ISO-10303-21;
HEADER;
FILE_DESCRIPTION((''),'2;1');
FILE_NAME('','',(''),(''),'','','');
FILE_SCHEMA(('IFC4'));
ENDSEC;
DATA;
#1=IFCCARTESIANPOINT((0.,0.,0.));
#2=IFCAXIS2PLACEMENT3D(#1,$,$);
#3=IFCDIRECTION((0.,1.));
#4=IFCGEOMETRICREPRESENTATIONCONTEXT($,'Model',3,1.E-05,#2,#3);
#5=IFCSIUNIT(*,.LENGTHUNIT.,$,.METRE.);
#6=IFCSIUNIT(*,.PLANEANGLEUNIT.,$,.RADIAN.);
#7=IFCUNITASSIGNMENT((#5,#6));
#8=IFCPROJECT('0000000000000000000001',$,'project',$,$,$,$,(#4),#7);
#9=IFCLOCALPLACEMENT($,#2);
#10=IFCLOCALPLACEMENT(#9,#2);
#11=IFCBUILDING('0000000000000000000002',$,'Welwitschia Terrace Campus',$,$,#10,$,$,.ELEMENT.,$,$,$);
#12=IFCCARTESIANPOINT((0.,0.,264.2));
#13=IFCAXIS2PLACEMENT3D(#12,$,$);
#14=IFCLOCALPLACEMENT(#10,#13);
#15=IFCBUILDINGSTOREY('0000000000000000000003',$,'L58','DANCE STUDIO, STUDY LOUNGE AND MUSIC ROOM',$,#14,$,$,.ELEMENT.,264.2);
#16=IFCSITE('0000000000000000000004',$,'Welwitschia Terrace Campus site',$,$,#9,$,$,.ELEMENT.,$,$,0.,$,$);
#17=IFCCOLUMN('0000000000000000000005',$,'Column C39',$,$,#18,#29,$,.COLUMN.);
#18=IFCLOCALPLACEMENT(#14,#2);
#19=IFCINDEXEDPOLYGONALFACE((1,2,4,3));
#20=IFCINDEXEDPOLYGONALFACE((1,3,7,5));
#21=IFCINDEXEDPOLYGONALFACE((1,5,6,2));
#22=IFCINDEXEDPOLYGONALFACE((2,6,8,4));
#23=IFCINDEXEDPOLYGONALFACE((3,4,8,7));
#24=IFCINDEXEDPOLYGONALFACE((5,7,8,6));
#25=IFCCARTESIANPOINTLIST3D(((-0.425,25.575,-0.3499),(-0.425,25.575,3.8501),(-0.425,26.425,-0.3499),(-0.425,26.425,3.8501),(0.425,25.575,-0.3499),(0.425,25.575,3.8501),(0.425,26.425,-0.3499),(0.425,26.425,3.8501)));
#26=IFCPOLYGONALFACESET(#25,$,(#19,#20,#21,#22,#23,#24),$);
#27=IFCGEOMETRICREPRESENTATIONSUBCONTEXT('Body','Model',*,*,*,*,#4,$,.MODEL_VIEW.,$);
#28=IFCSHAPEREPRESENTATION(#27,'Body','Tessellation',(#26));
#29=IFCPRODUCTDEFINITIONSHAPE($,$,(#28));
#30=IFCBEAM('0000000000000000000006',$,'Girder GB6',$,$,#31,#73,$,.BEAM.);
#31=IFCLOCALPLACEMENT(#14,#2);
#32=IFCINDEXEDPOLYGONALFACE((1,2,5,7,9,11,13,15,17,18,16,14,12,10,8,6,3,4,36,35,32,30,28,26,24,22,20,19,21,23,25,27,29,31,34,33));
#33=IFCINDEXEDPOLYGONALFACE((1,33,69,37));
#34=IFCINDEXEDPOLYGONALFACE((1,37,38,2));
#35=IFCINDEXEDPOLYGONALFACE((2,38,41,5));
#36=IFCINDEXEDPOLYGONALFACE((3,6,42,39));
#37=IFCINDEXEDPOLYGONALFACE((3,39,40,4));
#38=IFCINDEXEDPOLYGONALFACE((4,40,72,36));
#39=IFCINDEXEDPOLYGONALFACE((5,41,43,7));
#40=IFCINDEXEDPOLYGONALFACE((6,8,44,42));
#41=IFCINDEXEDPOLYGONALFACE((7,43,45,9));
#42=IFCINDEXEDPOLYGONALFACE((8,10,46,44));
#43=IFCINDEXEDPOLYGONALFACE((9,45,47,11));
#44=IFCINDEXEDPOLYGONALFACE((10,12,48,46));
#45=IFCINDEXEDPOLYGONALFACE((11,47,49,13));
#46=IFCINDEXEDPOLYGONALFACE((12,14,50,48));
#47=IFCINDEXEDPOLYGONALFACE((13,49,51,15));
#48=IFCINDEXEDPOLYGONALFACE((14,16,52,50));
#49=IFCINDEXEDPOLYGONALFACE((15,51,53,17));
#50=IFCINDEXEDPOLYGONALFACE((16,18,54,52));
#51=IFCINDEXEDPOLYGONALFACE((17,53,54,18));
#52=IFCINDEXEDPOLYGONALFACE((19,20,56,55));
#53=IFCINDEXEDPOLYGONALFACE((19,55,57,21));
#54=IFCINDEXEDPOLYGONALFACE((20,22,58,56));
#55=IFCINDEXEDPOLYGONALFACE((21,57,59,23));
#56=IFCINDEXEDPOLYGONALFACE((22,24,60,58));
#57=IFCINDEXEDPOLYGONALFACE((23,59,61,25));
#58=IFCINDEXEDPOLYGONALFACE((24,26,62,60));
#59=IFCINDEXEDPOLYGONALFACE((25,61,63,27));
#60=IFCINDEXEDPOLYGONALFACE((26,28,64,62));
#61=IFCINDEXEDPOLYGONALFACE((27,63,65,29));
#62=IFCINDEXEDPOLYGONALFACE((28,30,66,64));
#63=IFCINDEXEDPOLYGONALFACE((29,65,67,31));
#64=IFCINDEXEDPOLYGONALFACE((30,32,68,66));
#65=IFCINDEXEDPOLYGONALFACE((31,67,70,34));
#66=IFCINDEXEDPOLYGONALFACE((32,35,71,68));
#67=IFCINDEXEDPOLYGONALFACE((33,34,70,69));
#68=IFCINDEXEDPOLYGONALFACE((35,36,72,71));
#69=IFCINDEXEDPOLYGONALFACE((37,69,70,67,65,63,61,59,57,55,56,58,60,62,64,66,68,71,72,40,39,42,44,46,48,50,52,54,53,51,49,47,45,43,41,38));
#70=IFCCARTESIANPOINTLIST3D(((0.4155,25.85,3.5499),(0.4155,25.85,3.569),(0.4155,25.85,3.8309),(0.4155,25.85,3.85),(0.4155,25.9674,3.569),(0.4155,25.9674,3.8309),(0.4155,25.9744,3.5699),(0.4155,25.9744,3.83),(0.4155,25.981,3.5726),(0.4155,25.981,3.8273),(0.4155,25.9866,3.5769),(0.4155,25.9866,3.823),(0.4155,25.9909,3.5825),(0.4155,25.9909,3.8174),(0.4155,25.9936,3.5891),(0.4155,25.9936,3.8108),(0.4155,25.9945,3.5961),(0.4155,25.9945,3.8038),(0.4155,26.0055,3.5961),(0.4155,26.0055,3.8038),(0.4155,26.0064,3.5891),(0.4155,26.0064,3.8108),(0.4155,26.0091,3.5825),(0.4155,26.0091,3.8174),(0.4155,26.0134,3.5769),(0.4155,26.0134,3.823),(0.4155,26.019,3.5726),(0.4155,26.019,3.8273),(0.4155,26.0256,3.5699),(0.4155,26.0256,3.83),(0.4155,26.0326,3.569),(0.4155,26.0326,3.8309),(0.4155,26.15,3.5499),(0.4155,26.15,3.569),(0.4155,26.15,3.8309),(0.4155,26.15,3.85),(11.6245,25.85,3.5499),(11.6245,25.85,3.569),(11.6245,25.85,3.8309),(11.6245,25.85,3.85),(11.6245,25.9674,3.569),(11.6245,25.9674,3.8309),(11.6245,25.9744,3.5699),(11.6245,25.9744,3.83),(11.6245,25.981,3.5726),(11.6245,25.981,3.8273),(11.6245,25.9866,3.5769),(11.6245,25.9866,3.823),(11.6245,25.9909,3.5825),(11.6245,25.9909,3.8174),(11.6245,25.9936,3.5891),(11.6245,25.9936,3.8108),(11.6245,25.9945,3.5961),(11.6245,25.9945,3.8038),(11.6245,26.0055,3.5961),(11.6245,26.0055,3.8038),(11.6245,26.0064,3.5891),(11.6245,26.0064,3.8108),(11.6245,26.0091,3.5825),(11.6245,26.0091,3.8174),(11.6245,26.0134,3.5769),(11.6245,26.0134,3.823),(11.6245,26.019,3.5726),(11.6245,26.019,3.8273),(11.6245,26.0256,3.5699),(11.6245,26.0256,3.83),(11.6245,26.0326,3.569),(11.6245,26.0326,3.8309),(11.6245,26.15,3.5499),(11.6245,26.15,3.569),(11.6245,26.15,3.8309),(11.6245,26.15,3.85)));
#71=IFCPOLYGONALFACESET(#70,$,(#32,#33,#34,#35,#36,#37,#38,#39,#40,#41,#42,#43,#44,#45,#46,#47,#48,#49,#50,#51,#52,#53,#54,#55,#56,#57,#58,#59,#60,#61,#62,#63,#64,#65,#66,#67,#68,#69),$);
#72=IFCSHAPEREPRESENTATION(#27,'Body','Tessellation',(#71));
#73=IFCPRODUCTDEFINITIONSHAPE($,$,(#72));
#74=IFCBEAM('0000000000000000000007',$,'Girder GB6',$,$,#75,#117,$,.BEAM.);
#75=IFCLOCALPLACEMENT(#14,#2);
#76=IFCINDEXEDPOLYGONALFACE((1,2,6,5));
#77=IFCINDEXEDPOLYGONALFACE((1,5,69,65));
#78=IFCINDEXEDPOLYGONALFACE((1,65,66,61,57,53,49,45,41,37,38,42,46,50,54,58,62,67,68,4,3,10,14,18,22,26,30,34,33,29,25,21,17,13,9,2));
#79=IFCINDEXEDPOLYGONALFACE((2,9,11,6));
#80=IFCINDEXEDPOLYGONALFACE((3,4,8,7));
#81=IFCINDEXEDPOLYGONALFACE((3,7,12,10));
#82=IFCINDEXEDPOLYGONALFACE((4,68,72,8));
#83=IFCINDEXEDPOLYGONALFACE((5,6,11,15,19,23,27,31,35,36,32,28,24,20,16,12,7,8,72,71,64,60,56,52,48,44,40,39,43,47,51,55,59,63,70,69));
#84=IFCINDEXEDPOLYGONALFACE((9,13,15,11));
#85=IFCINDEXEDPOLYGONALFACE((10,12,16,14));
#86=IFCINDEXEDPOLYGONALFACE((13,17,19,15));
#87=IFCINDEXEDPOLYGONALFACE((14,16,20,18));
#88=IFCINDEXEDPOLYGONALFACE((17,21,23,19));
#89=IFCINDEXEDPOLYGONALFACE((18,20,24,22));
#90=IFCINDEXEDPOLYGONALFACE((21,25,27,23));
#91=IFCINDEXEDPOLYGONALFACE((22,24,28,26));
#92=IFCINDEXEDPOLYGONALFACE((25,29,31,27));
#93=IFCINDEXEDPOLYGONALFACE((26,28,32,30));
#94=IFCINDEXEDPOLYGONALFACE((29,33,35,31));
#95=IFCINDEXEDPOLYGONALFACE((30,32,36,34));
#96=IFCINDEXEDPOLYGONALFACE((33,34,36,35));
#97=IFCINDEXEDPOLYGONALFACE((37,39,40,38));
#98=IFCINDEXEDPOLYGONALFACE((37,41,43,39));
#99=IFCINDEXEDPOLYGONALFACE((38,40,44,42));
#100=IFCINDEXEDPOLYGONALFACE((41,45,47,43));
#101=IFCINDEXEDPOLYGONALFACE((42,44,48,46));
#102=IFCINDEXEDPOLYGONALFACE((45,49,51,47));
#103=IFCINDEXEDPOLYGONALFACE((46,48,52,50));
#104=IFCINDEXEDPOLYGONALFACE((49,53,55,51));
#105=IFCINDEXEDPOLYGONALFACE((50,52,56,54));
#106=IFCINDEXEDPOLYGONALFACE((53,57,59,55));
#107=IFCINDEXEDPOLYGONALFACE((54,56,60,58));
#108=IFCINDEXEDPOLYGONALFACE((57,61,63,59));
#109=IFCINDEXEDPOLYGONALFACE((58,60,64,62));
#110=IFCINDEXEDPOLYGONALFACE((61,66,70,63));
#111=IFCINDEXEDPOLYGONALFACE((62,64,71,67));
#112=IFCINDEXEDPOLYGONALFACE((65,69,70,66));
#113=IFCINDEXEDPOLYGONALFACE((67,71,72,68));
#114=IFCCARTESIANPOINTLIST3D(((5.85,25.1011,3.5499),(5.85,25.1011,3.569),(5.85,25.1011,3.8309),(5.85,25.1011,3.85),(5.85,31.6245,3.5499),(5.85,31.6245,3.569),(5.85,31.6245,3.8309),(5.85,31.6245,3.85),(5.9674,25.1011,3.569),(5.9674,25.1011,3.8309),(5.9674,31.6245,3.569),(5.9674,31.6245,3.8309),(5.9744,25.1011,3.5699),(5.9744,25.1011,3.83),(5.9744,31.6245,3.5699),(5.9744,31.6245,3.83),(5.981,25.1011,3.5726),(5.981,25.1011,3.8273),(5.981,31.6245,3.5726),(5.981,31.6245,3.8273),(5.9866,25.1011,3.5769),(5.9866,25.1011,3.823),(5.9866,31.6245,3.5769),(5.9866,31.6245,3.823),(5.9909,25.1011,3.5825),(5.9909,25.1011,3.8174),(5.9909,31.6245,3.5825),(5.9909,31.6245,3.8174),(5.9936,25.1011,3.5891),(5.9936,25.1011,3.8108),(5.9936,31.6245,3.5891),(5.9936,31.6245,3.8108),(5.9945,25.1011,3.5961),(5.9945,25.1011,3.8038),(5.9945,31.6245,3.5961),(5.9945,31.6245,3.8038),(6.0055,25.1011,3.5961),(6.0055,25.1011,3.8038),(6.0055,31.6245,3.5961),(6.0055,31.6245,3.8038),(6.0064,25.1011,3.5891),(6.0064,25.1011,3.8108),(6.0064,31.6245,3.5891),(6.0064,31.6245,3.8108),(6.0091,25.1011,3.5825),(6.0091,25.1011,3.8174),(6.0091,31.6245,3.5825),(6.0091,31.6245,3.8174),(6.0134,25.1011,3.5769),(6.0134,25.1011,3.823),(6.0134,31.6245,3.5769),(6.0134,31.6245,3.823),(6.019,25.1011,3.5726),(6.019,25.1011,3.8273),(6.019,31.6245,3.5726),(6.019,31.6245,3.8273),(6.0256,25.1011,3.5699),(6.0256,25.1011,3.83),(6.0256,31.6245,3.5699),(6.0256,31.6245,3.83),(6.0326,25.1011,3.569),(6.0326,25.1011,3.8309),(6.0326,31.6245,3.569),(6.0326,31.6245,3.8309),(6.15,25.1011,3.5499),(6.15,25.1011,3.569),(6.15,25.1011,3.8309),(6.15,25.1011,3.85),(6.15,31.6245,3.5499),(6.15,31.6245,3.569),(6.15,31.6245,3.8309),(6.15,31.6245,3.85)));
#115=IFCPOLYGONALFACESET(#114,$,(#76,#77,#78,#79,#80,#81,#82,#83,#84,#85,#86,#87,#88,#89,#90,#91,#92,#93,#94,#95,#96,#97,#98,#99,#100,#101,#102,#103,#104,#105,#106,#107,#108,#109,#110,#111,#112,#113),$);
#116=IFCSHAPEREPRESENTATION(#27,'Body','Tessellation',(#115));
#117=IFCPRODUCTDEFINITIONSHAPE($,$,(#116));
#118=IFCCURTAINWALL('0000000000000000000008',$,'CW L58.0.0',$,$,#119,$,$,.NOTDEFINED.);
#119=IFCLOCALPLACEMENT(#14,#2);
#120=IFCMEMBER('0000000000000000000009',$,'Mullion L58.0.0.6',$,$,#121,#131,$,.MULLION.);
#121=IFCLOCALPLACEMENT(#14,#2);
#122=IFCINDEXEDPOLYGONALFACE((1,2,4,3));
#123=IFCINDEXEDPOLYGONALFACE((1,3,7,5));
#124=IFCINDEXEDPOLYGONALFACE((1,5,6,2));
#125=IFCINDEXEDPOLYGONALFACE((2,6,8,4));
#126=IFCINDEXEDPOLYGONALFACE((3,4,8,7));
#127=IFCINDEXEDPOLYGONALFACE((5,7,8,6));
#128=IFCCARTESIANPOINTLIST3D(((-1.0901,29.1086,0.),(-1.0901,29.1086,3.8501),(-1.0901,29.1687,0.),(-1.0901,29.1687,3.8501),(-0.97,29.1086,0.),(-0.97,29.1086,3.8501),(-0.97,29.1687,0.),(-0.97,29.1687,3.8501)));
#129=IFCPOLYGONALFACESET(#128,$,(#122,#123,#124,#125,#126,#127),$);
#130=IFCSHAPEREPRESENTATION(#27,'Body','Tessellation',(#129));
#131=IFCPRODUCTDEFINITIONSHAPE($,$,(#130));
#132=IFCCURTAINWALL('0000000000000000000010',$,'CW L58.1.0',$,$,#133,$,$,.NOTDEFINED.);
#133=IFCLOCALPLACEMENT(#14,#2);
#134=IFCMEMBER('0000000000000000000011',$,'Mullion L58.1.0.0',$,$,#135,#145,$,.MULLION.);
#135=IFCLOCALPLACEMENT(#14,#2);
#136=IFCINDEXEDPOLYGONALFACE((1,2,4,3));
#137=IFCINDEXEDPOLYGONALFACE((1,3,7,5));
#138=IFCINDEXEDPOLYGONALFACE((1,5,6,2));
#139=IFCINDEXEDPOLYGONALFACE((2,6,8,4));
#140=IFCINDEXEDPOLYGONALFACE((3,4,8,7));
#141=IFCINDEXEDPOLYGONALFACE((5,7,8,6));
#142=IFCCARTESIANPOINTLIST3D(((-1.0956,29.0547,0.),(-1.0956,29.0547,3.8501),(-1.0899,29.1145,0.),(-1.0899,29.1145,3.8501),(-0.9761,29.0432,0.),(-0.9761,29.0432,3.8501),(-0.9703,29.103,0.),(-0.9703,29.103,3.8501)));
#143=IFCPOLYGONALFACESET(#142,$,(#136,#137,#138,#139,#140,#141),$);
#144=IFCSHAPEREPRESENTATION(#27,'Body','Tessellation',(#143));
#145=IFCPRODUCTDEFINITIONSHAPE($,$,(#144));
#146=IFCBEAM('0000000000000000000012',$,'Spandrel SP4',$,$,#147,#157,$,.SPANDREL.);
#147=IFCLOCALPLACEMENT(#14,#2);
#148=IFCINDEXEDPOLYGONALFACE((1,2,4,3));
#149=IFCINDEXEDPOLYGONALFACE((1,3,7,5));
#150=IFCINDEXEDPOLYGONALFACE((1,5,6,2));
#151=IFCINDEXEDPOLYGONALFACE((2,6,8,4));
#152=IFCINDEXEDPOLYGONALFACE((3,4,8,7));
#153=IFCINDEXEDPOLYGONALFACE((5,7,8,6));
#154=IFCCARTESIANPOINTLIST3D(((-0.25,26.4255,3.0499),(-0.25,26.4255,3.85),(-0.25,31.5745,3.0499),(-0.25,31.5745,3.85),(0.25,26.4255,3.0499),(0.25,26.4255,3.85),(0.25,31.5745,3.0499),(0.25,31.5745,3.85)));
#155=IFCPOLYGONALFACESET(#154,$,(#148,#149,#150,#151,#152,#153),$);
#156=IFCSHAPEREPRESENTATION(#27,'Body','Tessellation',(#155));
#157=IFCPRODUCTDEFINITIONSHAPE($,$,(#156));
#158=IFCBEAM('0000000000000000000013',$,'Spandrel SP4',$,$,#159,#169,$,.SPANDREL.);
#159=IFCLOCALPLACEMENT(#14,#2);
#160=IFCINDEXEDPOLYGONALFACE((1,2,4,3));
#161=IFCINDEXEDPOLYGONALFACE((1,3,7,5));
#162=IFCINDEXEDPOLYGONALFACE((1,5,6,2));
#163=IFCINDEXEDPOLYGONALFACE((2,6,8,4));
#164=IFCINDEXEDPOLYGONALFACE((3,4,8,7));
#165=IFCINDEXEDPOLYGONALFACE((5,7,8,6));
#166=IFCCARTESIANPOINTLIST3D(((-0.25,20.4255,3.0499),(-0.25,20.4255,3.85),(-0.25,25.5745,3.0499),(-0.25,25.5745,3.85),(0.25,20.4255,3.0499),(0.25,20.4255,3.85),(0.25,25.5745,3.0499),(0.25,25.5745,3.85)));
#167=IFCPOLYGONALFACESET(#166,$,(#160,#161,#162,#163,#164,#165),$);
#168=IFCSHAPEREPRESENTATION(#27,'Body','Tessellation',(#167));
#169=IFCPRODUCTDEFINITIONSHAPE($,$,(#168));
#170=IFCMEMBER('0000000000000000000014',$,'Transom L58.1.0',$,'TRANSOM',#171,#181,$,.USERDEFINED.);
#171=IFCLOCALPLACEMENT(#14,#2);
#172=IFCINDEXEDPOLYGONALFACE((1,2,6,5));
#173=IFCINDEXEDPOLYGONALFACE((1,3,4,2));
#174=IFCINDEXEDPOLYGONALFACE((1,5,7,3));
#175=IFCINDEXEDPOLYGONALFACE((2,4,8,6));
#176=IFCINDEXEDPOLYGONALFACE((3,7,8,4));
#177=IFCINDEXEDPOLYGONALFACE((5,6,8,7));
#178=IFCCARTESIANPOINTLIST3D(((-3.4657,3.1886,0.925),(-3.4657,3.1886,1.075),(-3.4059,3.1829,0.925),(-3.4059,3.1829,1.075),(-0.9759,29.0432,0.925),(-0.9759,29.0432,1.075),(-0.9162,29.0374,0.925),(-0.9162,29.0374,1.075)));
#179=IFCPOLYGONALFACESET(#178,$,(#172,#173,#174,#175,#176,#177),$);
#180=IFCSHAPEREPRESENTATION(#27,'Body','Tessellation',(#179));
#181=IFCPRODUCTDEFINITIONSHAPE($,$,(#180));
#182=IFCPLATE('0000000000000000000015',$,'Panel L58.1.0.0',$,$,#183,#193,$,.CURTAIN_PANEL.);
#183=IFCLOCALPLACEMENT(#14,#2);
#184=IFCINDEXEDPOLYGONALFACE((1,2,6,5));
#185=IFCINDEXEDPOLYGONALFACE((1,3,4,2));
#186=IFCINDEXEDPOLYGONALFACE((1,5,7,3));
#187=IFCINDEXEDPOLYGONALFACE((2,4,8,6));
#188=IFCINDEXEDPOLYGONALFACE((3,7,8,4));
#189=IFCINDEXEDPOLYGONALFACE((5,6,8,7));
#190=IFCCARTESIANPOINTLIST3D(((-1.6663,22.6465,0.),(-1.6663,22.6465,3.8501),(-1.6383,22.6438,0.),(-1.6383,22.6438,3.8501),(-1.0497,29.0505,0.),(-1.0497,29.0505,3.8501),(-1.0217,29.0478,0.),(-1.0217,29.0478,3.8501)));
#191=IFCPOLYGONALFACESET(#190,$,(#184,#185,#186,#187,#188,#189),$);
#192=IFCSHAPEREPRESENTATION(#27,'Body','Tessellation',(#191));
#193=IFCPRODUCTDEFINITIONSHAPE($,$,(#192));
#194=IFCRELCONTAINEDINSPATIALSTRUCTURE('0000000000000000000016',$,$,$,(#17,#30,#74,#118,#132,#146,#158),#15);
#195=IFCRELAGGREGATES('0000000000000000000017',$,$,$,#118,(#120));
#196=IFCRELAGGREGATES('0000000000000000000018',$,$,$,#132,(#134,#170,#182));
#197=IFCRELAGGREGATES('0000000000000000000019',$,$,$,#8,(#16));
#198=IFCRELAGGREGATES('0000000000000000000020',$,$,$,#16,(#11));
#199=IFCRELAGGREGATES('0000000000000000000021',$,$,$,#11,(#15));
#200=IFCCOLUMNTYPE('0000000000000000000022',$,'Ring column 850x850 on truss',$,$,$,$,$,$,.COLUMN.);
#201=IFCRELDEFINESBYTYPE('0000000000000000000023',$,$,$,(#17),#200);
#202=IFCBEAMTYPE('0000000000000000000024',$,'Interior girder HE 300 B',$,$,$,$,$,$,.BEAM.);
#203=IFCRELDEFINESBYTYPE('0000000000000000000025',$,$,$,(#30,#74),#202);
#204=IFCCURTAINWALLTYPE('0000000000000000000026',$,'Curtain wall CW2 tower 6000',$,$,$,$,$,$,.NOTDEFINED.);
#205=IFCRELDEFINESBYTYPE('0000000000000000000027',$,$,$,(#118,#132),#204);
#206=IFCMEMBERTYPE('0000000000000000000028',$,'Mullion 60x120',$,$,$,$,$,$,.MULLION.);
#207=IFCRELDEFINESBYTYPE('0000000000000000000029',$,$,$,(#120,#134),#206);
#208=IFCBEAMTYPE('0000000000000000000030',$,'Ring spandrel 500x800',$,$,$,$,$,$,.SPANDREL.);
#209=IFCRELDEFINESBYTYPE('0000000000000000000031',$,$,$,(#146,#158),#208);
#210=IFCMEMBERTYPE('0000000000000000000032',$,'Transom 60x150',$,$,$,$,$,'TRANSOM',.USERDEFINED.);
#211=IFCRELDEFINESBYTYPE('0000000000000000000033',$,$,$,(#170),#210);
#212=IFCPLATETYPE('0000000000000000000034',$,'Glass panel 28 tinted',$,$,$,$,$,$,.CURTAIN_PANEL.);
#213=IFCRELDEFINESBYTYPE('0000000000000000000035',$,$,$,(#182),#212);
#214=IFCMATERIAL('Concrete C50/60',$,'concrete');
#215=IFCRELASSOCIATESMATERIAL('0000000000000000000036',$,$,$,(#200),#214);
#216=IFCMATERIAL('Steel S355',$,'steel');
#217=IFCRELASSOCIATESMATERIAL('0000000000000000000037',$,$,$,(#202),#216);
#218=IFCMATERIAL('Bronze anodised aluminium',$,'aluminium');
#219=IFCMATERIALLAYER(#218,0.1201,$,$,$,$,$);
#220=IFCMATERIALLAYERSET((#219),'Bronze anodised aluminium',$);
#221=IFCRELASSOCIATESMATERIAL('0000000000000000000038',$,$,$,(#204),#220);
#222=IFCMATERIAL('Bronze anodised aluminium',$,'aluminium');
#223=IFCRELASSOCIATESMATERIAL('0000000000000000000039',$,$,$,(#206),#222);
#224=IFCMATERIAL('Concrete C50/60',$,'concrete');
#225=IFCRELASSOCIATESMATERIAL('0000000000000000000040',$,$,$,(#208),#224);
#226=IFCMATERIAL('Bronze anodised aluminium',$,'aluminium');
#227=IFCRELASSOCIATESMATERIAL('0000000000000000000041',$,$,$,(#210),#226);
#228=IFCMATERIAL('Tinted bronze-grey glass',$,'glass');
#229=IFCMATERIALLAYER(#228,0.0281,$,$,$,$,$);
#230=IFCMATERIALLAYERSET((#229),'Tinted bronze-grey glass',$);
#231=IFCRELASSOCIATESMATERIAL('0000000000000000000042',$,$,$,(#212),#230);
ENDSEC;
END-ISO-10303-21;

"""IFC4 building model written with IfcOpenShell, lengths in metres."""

from ifc_helpers import new_model, si_unit, direction, frame, origin, origin_2d, place, context, subcontext, project, spatial, rectangle, i_section, extrude, material, layer, layer_set, material_profile, profile_set, type_object, element, aggregate, save


model = new_model("IFC4")

# Units and contexts
model_context = context("Model", 3, precision=1e-05, world=origin(), true_north=direction((0.0, 1.0)))
body_context = subcontext(model_context, "Body", "Model", "MODEL_VIEW")
ifc_project = project(units=[si_unit("LENGTHUNIT", "METRE"), si_unit("PLANEANGLEUNIT", "RADIAN")], contexts=[model_context])

# Site, building, storey
site_placement = place(None, origin())
site = spatial("IfcSite", under=ifc_project, at=site_placement, Name="Welwitschia Terrace Campus site", CompositionType="ELEMENT", RefElevation=0.0)
building_placement = place(site_placement, origin())
building = spatial("IfcBuilding", under=site, at=building_placement, Name="Welwitschia Terrace Campus", CompositionType="ELEMENT")
storey_placement = place(building_placement, frame((0.0, 0.0, 264.2)))
storey = spatial("IfcBuildingStorey", under=building, at=storey_placement, Name="L58", Description="DANCE STUDIO, STUDY LOUNGE AND MUSIC ROOM", CompositionType="ELEMENT", Elevation=264.2)

# Column
ifc_material_1 = material(Name="Concrete C50/60", Category="concrete")
ifc_material_profile_1 = material_profile(ifc_material_1, rectangle(XDim=0.8501, YDim=0.8501, at=origin_2d()))
ifc_profile_set_1 = profile_set([ifc_material_profile_1], Name="Concrete C50/60")
column_type = type_object("IfcColumnType", Name="Ring column 850x850 on truss", PredefinedType="COLUMN", material=ifc_profile_set_1)
column_placement = place(storey_placement, frame((0.0, 26.0, -0.3499), z_axis=(0.0, 0.0, 1.0), x_axis=(1.0, 0.0, 0.0)))
element("IfcColumn", 1, at=column_placement, inside=storey, type_object=column_type, Name="Column C39", PredefinedType="COLUMN", context=body_context, shape_type="SweptSolid", body=[
    extrude(rectangle(XDim=0.8501, YDim=0.8501, at=origin_2d()), origin(), (0.0, 0.0, 1.0), 4.2),
])

# Beams
ifc_material_2 = material(Name="Steel S355", Category="steel")
ifc_material_profile_2 = material_profile(ifc_material_2, i_section(OverallWidth=0.3, OverallDepth=0.3, WebThickness=0.011, FlangeThickness=0.019, FilletRadius=0.0271, at=origin_2d()))
ifc_profile_set_2 = profile_set([ifc_material_profile_2], Name="Steel S355")
beam_type_1 = type_object("IfcBeamType", Name="Interior girder HE 300 B", PredefinedType="BEAM", material=ifc_profile_set_2)
beam_1_placement = place(storey_placement, frame((0.4155, 26.0, 3.7), z_axis=(1.0, 0.0, 0.0), x_axis=(0.0, 1.0, 0.0)))
element("IfcBeam", 2, at=beam_1_placement, inside=storey, type_object=beam_type_1, Name="Girder GB6", PredefinedType="BEAM", context=body_context, shape_type="SweptSolid", body=[
    extrude(i_section(OverallWidth=0.3, OverallDepth=0.3, WebThickness=0.011, FlangeThickness=0.019, FilletRadius=0.0271, at=origin_2d()), origin(), (0.0, 0.0, 1.0), 11.209),
])
beam_2_placement = place(storey_placement, frame((6.0, 25.1011, 3.7), z_axis=(0.0, 1.0, 0.0), x_axis=(-1.0, 0.0, 0.0)))
element("IfcBeam", 3, at=beam_2_placement, inside=storey, type_object=beam_type_1, Name="Girder GB6", PredefinedType="BEAM", context=body_context, shape_type="SweptSolid", body=[
    extrude(i_section(OverallWidth=0.3, OverallDepth=0.3, WebThickness=0.011, FlangeThickness=0.019, FilletRadius=0.0271, at=origin_2d()), origin(), (0.0, 0.0, 1.0), 6.5234),
])

# Curtain walls, members
ifc_material_3 = material(Name="Bronze anodised aluminium", Category="aluminium")
ifc_layer_1 = layer(ifc_material_3, 0.1201)
ifc_layer_set_1 = layer_set([ifc_layer_1], Name="Bronze anodised aluminium")
curtain_wall_type = type_object("IfcCurtainWallType", Name="Curtain wall CW2 tower 6000", PredefinedType="NOTDEFINED", material=ifc_layer_set_1)
curtain_wall_1_placement = place(storey_placement, origin())
curtain_wall_1 = element("IfcCurtainWall", 4, at=curtain_wall_1_placement, inside=storey, type_object=curtain_wall_type, Name="CW L58.0.0", PredefinedType="NOTDEFINED")
ifc_material_4 = material(Name="Bronze anodised aluminium", Category="aluminium")
ifc_material_profile_3 = material_profile(ifc_material_4, rectangle(XDim=0.1201, YDim=0.0601, at=origin_2d()))
ifc_profile_set_3 = profile_set([ifc_material_profile_3], Name="Bronze anodised aluminium")
member_type_1 = type_object("IfcMemberType", Name="Mullion 60x120", PredefinedType="MULLION", material=ifc_profile_set_3)
member_1_placement = place(storey_placement, frame((-1.03, 29.1387, 0.0), z_axis=(0.0, 0.0, 1.0), x_axis=(1.0, 0.0, 0.0)))
member_1 = element("IfcMember", 5, at=member_1_placement, type_object=member_type_1, Name="Mullion L58.0.0.6", PredefinedType="MULLION", context=body_context, shape_type="SweptSolid", body=[
    extrude(rectangle(XDim=0.1201, YDim=0.0601, at=origin_2d()), origin(), (0.0, 0.0, 1.0), 3.8501),
])
aggregate(curtain_wall_1, [member_1])
curtain_wall_2_placement = place(storey_placement, origin())
curtain_wall_2 = element("IfcCurtainWall", 6, at=curtain_wall_2_placement, inside=storey, type_object=curtain_wall_type, Name="CW L58.1.0", PredefinedType="NOTDEFINED")
member_2_placement = place(storey_placement, frame((-1.033, 29.0789, 0.0), z_axis=(0.0, 0.0, 1.0), x_axis=(0.995396, -0.095846, 0.0)))
member_2 = element("IfcMember", 7, at=member_2_placement, type_object=member_type_1, Name="Mullion L58.1.0.0", PredefinedType="MULLION", context=body_context, shape_type="SweptSolid", body=[
    extrude(rectangle(XDim=0.1201, YDim=0.0601, at=origin_2d()), origin(), (0.0, 0.0, 1.0), 3.8501),
])

# Beams
ifc_material_5 = material(Name="Concrete C50/60", Category="concrete")
ifc_material_profile_4 = material_profile(ifc_material_5, rectangle(XDim=0.5, YDim=0.8, at=origin_2d()))
ifc_profile_set_4 = profile_set([ifc_material_profile_4], Name="Concrete C50/60")
beam_type_2 = type_object("IfcBeamType", Name="Ring spandrel 500x800", PredefinedType="SPANDREL", material=ifc_profile_set_4)
for number, where, z_axis, x_axis, name in (
    (8, (0.0, 31.5745, 3.45), (0.0, -1.0, 0.0), (1.0, 0.0, 0.0), "Spandrel SP4"),
    (9, (0.0, 25.5745, 3.45), (0.0, -1.0, 0.0), (1.0, 0.0, 0.0), "Spandrel SP4"),
):
    element("IfcBeam", number, at=place(storey_placement, frame(where, z_axis=z_axis, x_axis=x_axis)), inside=storey, type_object=beam_type_2, Name=name, PredefinedType="SPANDREL", context=body_context, shape_type="SweptSolid", body=[
        extrude(rectangle(XDim=0.5, YDim=0.8, at=origin_2d()), origin(), (0.0, 0.0, 1.0), 5.1489),
    ])

# Member
ifc_material_6 = material(Name="Bronze anodised aluminium", Category="aluminium")
ifc_material_profile_5 = material_profile(ifc_material_6, rectangle(XDim=0.0601, YDim=0.1499, at=origin_2d()))
ifc_profile_set_5 = profile_set([ifc_material_profile_5], Name="Bronze anodised aluminium")
member_type_2 = type_object("IfcMemberType", Name="Transom 60x150", ElementType="TRANSOM", PredefinedType="USERDEFINED", material=ifc_profile_set_5)
member_3_placement = place(storey_placement, frame((-0.946, 29.0403, 1.0), z_axis=(-0.095855, -0.995395, 0.0), x_axis=(0.995395, -0.095855, 0.0)))
member_3 = element("IfcMember", 10, at=member_3_placement, type_object=member_type_2, Name="Transom L58.1.0", ObjectType="TRANSOM", PredefinedType="USERDEFINED", context=body_context, shape_type="SweptSolid", body=[
    extrude(rectangle(XDim=0.0601, YDim=0.1499, at=origin_2d()), origin(), (0.0, 0.0, 1.0), 25.9741),
])

# Plate
ifc_material_7 = material(Name="Tinted bronze-grey glass", Category="glass")
ifc_layer_2 = layer(ifc_material_7, 0.0281)
ifc_layer_set_2 = layer_set([ifc_layer_2], Name="Tinted bronze-grey glass")
plate_type = type_object("IfcPlateType", Name="Glass panel 28 tinted", PredefinedType="CURTAIN_PANEL", material=ifc_layer_set_2)
plate_placement = place(storey_placement, frame((-1.344, 25.8472, 0.0), z_axis=(0.0, 0.0, 1.0), x_axis=(-0.095846, -0.995396, 0.0)))
plate = element("IfcPlate", 11, at=plate_placement, type_object=plate_type, Name="Panel L58.1.0.0", PredefinedType="CURTAIN_PANEL", context=body_context, shape_type="SweptSolid", body=[
    extrude(rectangle(XDim=6.4336, YDim=0.0281, at=origin_2d()), origin(), (0.0, 0.0, 1.0), 3.8501),
])
aggregate(curtain_wall_2, [member_2, member_3, plate])

save(model, "model.ifc")
